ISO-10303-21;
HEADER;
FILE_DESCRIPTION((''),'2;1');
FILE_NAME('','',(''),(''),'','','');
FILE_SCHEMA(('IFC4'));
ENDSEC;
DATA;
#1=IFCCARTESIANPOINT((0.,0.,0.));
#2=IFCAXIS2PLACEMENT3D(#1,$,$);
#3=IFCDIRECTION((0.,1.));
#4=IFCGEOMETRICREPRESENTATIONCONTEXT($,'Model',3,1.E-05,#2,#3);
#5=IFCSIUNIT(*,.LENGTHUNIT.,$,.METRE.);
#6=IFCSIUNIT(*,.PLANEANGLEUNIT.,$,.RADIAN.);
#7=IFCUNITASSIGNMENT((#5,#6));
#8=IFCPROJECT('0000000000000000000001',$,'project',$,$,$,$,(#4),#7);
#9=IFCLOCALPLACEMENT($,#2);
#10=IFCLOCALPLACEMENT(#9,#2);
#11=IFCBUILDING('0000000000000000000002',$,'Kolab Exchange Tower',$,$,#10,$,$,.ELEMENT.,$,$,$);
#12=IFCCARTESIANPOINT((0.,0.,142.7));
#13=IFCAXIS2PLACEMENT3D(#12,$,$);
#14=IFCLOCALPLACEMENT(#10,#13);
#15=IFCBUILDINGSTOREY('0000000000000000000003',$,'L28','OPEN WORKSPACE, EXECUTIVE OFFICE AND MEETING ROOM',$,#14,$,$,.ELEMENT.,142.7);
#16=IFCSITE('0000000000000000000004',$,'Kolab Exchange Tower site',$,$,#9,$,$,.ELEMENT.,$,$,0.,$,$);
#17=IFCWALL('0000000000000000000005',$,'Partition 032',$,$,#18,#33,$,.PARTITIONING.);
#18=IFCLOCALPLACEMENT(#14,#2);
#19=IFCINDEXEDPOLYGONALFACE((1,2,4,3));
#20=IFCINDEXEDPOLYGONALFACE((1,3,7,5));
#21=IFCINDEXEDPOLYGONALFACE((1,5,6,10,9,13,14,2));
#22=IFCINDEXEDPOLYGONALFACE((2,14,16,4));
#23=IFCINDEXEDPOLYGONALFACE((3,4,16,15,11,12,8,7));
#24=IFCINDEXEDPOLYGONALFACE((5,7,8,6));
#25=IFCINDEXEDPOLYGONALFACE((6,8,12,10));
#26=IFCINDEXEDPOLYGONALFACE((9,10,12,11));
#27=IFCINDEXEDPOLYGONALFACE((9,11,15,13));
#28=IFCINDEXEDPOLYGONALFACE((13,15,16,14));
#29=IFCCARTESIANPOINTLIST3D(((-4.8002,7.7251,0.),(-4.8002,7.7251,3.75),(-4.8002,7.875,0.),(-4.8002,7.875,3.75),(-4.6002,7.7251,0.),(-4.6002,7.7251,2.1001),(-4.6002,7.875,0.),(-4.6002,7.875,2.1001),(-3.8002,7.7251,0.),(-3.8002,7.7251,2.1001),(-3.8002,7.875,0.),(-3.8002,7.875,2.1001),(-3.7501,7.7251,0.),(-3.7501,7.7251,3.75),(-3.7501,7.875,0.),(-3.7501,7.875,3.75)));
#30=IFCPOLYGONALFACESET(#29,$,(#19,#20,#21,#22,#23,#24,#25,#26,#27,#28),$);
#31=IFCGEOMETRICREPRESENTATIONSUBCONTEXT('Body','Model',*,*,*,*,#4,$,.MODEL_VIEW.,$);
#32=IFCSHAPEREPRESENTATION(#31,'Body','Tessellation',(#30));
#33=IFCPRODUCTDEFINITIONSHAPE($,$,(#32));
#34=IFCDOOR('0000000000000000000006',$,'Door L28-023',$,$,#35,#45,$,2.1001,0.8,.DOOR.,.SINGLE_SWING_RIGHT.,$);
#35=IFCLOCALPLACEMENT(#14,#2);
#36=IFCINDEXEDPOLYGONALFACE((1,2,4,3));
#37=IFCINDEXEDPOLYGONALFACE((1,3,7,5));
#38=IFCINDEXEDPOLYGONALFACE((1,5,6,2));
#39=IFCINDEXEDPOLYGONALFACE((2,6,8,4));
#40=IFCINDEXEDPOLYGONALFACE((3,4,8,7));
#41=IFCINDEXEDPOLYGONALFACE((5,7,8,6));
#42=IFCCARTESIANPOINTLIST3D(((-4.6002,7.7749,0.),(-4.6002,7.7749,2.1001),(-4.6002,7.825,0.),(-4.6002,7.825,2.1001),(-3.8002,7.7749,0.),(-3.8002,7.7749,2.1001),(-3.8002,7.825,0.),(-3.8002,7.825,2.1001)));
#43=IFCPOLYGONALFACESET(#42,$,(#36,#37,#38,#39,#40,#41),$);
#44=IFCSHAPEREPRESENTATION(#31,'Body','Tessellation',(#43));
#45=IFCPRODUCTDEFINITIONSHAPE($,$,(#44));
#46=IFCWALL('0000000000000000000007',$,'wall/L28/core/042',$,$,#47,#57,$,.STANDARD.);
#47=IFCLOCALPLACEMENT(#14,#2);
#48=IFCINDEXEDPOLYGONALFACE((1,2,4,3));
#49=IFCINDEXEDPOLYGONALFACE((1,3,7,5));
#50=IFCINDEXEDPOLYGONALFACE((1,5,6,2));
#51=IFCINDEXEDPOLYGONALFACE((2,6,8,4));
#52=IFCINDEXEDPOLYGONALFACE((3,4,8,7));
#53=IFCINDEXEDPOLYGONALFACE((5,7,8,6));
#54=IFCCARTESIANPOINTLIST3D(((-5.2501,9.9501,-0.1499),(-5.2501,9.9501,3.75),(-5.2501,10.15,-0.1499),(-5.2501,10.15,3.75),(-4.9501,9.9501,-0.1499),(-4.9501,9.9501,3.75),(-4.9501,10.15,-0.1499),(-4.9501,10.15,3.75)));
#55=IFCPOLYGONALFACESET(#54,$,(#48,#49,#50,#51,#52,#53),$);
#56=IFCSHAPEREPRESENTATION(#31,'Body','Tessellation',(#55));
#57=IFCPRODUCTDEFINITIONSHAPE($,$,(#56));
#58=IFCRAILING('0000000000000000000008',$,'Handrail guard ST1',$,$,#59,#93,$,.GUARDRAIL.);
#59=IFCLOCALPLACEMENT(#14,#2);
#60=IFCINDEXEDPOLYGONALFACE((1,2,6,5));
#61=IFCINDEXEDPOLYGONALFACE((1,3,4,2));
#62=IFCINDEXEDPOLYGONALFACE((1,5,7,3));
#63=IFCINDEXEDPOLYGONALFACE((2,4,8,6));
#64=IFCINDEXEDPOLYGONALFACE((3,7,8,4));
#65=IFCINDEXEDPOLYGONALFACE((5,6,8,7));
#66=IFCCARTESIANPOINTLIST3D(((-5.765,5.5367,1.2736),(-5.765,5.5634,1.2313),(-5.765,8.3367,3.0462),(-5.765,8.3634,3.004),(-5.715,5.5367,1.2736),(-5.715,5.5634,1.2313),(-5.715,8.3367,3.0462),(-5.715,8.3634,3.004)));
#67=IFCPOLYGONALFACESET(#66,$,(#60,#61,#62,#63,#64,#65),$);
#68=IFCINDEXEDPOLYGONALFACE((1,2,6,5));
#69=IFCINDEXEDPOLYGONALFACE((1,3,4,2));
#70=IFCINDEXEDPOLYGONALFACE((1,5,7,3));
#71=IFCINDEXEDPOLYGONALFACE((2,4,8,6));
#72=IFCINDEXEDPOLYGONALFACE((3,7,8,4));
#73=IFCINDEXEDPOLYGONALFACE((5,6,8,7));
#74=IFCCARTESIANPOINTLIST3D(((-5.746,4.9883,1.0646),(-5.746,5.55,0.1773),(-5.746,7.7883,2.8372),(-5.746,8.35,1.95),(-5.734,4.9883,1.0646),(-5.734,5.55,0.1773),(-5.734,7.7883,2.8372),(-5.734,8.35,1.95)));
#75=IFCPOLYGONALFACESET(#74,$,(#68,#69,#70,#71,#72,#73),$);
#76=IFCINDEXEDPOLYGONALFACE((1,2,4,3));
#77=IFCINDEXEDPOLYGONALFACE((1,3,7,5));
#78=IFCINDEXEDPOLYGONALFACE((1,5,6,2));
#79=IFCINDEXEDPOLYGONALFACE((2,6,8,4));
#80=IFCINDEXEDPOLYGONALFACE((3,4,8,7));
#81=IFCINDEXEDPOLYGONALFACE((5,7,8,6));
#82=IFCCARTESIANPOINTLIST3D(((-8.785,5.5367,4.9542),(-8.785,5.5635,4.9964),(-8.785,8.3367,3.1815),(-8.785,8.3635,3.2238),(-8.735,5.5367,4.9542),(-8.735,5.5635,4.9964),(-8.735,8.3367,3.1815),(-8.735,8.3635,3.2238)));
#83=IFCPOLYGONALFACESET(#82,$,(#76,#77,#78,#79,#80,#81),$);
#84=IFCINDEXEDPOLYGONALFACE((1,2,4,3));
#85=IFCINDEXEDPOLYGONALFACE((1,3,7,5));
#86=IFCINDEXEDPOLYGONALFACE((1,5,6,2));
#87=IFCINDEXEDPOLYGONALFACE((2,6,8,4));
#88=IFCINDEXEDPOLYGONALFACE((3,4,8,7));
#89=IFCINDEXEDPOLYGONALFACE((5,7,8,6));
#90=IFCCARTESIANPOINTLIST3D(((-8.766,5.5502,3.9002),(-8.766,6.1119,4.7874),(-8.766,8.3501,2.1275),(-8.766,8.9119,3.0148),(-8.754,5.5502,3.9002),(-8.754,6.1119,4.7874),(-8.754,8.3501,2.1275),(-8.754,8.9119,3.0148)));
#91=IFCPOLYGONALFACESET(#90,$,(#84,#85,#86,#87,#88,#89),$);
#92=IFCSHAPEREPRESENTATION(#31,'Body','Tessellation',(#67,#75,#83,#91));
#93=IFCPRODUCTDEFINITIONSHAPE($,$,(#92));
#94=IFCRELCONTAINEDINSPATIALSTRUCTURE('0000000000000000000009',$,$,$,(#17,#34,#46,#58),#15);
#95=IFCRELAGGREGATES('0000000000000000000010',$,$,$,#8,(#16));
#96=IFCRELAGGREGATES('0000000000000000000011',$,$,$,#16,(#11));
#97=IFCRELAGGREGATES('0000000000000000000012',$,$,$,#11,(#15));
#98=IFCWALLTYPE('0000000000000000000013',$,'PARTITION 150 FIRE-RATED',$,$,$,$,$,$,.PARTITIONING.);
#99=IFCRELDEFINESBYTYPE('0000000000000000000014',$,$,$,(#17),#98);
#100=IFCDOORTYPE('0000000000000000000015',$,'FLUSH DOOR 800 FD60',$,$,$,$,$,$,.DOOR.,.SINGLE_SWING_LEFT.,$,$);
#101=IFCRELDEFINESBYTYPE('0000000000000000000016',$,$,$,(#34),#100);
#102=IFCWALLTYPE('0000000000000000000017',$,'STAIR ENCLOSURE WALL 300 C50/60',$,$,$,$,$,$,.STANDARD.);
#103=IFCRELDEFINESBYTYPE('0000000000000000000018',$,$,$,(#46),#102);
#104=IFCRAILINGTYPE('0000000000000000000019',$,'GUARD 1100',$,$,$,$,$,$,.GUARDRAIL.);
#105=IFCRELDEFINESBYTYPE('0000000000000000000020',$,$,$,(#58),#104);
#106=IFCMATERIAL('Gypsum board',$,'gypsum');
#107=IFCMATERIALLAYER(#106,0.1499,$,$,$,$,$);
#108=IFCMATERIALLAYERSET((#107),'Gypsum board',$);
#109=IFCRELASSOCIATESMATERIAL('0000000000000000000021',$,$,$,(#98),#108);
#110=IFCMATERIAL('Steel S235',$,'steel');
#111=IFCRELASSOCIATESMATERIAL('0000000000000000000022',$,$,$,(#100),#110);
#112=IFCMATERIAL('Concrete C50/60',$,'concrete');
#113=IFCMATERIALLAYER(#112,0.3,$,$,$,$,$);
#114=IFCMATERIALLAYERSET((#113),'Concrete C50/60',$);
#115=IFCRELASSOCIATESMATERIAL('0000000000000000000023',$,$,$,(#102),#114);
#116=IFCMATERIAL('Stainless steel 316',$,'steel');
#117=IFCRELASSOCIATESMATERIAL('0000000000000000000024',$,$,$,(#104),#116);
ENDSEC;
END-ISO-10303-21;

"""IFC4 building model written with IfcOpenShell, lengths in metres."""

from ifc_helpers import new_model, si_unit, direction, frame, frame_2d, origin, origin_2d, place, context, subcontext, project, spatial, rectangle, extrude, material, layer, layer_set, type_object, element, fill, save


model = new_model("IFC4")

# Units and contexts
model_context = context("Model", 3, precision=1e-05, world=origin(), true_north=direction((0.0, 1.0)))
body_context = subcontext(model_context, "Body", "Model", "MODEL_VIEW")
ifc_project = project(units=[si_unit("LENGTHUNIT", "METRE"), si_unit("PLANEANGLEUNIT", "RADIAN")], contexts=[model_context])

# Site, building, storey
site_placement = place(None, origin())
site = spatial("IfcSite", under=ifc_project, at=site_placement, Name="Kolab Exchange Tower site", CompositionType="ELEMENT", RefElevation=0.0)
building_placement = place(site_placement, origin())
building = spatial("IfcBuilding", under=site, at=building_placement, Name="Kolab Exchange Tower", CompositionType="ELEMENT")
storey_placement = place(building_placement, frame((0.0, 0.0, 142.7)))
storey = spatial("IfcBuildingStorey", under=building, at=storey_placement, Name="L28", Description="OPEN WORKSPACE, EXECUTIVE OFFICE AND MEETING ROOM", CompositionType="ELEMENT", Elevation=142.7)

# Shared definitions
ifc_material_1 = material(Name="Steel S235", Category="steel")
ifc_material_2 = material(Name="Concrete C50/60", Category="concrete")
ifc_material_3 = material(Name="Stainless steel 316", Category="steel")

# Shared definitions
ifc_material_4 = material(Name="Gypsum board", Category="gypsum")
ifc_layer_1 = layer(ifc_material_4, 0.1499)
ifc_layer_set_1 = layer_set([ifc_layer_1], Name="Gypsum board")
wall_type_1 = type_object("IfcWallType", Name="PARTITION 150 FIRE-RATED", PredefinedType="PARTITIONING", material=ifc_layer_set_1)

# Wall, opening, door
wall_1_placement = place(storey_placement, frame((-4.8, 7.8, 0.0), z_axis=(0.0, 0.0, 1.0), x_axis=(1.0, 0.0, 0.0)))
wall_1 = element("IfcWall", 1, at=wall_1_placement, inside=storey, type_object=wall_type_1, Name="Partition 032", PredefinedType="PARTITIONING", context=body_context, shape_type="SweptSolid", body=[
    extrude(rectangle(XDim=1.05, YDim=0.1499, at=frame_2d((0.5249, 0.0))), origin(), (0.0, 0.0, 1.0), 3.75),
])
opening_1_placement = place(wall_1_placement, frame((0.2, 0.0, 0.0)))
opening_1 = element("IfcOpeningElement", 2, at=opening_1_placement, cuts=wall_1, PredefinedType="OPENING", context=body_context, shape_type="SweptSolid", body=[
    extrude(rectangle(XDim=0.8, YDim=2.1001, at=frame_2d((0.3999, 1.05))), frame((0.0, 0.085, 0.0), z_axis=(0.0, -1.0, 0.0), x_axis=(1.0, 0.0, 0.0)), (0.0, 0.0, 1.0), 0.1699),
])
door_type_1 = type_object("IfcDoorType", Name="FLUSH DOOR 800 FD60", OperationType="SINGLE_SWING_LEFT", PredefinedType="DOOR", material=ifc_material_1)
door_1_placement = place(opening_1_placement, origin())
door_1 = element("IfcDoor", 3, at=door_1_placement, inside=storey, type_object=door_type_1, Name="Door L28-023", OperationType="SINGLE_SWING_RIGHT", OverallHeight=2.1001, OverallWidth=0.8, PredefinedType="DOOR", context=body_context, shape_type="SweptSolid", body=[
    extrude(rectangle(XDim=0.8, YDim=2.1001, at=frame_2d((0.3999, 1.05))), frame((0.0, 0.0249, 0.0), z_axis=(0.0, -1.0, 0.0), x_axis=(1.0, 0.0, 0.0)), (0.0, 0.0, 1.0), 0.05),
])
fill(opening_1, door_1)

# Wall
ifc_layer_2 = layer(ifc_material_2, 0.3)
ifc_layer_set_2 = layer_set([ifc_layer_2], Name="Concrete C50/60")
wall_type_2 = type_object("IfcWallType", Name="STAIR ENCLOSURE WALL 300 C50/60", PredefinedType="STANDARD", material=ifc_layer_set_2)
wall_2_placement = place(storey_placement, frame((-5.1001, 9.95, -0.1499), z_axis=(0.0, 0.0, 1.0), x_axis=(0.0, 1.0, 0.0)))
element("IfcWall", 4, at=wall_2_placement, inside=storey, type_object=wall_type_2, Name="wall/L28/core/042", PredefinedType="STANDARD", context=body_context, shape_type="SweptSolid", body=[
    extrude(rectangle(XDim=0.2, YDim=0.3, at=frame_2d((0.1001, 0.0))), origin(), (0.0, 0.0, 1.0), 3.8999),
])

# Railing
railing_type = type_object("IfcRailingType", Name="GUARD 1100", PredefinedType="GUARDRAIL", material=ifc_material_3)
railing_placement = place(storey_placement, frame((-5.74, 5.55, 0.1772)))
element("IfcRailing", 5, at=railing_placement, inside=storey, type_object=railing_type, Name="Handrail guard ST1", PredefinedType="GUARDRAIL", context=body_context, shape_type="SweptSolid", body=[
    extrude(rectangle(XDim=0.05, YDim=0.05, at=origin_2d()), frame((0.0, 0.0, 1.0752), z_axis=(0.0, 0.844909, 0.53491), x_axis=(-1.0, 0.0, 0.0)), (0.0, 0.0, 1.0), 3.314),
    extrude(rectangle(XDim=0.012, YDim=1.0501, at=frame_2d((0.0, 0.5251))), frame((0.0, 0.0, 0.0), z_axis=(0.0, 0.844909, 0.53491), x_axis=(-1.0, 0.0, 0.0)), (0.0, 0.0, 1.0), 3.314),
    extrude(rectangle(XDim=0.05, YDim=0.05, at=origin_2d()), frame((-3.02, 2.8, 3.0254), z_axis=(0.0, -0.844909, 0.53491), x_axis=(1.0, 0.0, 0.0)), (0.0, 0.0, 1.0), 3.314),
    extrude(rectangle(XDim=0.012, YDim=1.0501, at=frame_2d((0.0, 0.5251))), frame((-3.02, 2.8, 1.9502), z_axis=(0.0, -0.844909, 0.53491), x_axis=(1.0, 0.0, 0.0)), (0.0, 0.0, 1.0), 3.314),
])

save(model, "model.ifc")
